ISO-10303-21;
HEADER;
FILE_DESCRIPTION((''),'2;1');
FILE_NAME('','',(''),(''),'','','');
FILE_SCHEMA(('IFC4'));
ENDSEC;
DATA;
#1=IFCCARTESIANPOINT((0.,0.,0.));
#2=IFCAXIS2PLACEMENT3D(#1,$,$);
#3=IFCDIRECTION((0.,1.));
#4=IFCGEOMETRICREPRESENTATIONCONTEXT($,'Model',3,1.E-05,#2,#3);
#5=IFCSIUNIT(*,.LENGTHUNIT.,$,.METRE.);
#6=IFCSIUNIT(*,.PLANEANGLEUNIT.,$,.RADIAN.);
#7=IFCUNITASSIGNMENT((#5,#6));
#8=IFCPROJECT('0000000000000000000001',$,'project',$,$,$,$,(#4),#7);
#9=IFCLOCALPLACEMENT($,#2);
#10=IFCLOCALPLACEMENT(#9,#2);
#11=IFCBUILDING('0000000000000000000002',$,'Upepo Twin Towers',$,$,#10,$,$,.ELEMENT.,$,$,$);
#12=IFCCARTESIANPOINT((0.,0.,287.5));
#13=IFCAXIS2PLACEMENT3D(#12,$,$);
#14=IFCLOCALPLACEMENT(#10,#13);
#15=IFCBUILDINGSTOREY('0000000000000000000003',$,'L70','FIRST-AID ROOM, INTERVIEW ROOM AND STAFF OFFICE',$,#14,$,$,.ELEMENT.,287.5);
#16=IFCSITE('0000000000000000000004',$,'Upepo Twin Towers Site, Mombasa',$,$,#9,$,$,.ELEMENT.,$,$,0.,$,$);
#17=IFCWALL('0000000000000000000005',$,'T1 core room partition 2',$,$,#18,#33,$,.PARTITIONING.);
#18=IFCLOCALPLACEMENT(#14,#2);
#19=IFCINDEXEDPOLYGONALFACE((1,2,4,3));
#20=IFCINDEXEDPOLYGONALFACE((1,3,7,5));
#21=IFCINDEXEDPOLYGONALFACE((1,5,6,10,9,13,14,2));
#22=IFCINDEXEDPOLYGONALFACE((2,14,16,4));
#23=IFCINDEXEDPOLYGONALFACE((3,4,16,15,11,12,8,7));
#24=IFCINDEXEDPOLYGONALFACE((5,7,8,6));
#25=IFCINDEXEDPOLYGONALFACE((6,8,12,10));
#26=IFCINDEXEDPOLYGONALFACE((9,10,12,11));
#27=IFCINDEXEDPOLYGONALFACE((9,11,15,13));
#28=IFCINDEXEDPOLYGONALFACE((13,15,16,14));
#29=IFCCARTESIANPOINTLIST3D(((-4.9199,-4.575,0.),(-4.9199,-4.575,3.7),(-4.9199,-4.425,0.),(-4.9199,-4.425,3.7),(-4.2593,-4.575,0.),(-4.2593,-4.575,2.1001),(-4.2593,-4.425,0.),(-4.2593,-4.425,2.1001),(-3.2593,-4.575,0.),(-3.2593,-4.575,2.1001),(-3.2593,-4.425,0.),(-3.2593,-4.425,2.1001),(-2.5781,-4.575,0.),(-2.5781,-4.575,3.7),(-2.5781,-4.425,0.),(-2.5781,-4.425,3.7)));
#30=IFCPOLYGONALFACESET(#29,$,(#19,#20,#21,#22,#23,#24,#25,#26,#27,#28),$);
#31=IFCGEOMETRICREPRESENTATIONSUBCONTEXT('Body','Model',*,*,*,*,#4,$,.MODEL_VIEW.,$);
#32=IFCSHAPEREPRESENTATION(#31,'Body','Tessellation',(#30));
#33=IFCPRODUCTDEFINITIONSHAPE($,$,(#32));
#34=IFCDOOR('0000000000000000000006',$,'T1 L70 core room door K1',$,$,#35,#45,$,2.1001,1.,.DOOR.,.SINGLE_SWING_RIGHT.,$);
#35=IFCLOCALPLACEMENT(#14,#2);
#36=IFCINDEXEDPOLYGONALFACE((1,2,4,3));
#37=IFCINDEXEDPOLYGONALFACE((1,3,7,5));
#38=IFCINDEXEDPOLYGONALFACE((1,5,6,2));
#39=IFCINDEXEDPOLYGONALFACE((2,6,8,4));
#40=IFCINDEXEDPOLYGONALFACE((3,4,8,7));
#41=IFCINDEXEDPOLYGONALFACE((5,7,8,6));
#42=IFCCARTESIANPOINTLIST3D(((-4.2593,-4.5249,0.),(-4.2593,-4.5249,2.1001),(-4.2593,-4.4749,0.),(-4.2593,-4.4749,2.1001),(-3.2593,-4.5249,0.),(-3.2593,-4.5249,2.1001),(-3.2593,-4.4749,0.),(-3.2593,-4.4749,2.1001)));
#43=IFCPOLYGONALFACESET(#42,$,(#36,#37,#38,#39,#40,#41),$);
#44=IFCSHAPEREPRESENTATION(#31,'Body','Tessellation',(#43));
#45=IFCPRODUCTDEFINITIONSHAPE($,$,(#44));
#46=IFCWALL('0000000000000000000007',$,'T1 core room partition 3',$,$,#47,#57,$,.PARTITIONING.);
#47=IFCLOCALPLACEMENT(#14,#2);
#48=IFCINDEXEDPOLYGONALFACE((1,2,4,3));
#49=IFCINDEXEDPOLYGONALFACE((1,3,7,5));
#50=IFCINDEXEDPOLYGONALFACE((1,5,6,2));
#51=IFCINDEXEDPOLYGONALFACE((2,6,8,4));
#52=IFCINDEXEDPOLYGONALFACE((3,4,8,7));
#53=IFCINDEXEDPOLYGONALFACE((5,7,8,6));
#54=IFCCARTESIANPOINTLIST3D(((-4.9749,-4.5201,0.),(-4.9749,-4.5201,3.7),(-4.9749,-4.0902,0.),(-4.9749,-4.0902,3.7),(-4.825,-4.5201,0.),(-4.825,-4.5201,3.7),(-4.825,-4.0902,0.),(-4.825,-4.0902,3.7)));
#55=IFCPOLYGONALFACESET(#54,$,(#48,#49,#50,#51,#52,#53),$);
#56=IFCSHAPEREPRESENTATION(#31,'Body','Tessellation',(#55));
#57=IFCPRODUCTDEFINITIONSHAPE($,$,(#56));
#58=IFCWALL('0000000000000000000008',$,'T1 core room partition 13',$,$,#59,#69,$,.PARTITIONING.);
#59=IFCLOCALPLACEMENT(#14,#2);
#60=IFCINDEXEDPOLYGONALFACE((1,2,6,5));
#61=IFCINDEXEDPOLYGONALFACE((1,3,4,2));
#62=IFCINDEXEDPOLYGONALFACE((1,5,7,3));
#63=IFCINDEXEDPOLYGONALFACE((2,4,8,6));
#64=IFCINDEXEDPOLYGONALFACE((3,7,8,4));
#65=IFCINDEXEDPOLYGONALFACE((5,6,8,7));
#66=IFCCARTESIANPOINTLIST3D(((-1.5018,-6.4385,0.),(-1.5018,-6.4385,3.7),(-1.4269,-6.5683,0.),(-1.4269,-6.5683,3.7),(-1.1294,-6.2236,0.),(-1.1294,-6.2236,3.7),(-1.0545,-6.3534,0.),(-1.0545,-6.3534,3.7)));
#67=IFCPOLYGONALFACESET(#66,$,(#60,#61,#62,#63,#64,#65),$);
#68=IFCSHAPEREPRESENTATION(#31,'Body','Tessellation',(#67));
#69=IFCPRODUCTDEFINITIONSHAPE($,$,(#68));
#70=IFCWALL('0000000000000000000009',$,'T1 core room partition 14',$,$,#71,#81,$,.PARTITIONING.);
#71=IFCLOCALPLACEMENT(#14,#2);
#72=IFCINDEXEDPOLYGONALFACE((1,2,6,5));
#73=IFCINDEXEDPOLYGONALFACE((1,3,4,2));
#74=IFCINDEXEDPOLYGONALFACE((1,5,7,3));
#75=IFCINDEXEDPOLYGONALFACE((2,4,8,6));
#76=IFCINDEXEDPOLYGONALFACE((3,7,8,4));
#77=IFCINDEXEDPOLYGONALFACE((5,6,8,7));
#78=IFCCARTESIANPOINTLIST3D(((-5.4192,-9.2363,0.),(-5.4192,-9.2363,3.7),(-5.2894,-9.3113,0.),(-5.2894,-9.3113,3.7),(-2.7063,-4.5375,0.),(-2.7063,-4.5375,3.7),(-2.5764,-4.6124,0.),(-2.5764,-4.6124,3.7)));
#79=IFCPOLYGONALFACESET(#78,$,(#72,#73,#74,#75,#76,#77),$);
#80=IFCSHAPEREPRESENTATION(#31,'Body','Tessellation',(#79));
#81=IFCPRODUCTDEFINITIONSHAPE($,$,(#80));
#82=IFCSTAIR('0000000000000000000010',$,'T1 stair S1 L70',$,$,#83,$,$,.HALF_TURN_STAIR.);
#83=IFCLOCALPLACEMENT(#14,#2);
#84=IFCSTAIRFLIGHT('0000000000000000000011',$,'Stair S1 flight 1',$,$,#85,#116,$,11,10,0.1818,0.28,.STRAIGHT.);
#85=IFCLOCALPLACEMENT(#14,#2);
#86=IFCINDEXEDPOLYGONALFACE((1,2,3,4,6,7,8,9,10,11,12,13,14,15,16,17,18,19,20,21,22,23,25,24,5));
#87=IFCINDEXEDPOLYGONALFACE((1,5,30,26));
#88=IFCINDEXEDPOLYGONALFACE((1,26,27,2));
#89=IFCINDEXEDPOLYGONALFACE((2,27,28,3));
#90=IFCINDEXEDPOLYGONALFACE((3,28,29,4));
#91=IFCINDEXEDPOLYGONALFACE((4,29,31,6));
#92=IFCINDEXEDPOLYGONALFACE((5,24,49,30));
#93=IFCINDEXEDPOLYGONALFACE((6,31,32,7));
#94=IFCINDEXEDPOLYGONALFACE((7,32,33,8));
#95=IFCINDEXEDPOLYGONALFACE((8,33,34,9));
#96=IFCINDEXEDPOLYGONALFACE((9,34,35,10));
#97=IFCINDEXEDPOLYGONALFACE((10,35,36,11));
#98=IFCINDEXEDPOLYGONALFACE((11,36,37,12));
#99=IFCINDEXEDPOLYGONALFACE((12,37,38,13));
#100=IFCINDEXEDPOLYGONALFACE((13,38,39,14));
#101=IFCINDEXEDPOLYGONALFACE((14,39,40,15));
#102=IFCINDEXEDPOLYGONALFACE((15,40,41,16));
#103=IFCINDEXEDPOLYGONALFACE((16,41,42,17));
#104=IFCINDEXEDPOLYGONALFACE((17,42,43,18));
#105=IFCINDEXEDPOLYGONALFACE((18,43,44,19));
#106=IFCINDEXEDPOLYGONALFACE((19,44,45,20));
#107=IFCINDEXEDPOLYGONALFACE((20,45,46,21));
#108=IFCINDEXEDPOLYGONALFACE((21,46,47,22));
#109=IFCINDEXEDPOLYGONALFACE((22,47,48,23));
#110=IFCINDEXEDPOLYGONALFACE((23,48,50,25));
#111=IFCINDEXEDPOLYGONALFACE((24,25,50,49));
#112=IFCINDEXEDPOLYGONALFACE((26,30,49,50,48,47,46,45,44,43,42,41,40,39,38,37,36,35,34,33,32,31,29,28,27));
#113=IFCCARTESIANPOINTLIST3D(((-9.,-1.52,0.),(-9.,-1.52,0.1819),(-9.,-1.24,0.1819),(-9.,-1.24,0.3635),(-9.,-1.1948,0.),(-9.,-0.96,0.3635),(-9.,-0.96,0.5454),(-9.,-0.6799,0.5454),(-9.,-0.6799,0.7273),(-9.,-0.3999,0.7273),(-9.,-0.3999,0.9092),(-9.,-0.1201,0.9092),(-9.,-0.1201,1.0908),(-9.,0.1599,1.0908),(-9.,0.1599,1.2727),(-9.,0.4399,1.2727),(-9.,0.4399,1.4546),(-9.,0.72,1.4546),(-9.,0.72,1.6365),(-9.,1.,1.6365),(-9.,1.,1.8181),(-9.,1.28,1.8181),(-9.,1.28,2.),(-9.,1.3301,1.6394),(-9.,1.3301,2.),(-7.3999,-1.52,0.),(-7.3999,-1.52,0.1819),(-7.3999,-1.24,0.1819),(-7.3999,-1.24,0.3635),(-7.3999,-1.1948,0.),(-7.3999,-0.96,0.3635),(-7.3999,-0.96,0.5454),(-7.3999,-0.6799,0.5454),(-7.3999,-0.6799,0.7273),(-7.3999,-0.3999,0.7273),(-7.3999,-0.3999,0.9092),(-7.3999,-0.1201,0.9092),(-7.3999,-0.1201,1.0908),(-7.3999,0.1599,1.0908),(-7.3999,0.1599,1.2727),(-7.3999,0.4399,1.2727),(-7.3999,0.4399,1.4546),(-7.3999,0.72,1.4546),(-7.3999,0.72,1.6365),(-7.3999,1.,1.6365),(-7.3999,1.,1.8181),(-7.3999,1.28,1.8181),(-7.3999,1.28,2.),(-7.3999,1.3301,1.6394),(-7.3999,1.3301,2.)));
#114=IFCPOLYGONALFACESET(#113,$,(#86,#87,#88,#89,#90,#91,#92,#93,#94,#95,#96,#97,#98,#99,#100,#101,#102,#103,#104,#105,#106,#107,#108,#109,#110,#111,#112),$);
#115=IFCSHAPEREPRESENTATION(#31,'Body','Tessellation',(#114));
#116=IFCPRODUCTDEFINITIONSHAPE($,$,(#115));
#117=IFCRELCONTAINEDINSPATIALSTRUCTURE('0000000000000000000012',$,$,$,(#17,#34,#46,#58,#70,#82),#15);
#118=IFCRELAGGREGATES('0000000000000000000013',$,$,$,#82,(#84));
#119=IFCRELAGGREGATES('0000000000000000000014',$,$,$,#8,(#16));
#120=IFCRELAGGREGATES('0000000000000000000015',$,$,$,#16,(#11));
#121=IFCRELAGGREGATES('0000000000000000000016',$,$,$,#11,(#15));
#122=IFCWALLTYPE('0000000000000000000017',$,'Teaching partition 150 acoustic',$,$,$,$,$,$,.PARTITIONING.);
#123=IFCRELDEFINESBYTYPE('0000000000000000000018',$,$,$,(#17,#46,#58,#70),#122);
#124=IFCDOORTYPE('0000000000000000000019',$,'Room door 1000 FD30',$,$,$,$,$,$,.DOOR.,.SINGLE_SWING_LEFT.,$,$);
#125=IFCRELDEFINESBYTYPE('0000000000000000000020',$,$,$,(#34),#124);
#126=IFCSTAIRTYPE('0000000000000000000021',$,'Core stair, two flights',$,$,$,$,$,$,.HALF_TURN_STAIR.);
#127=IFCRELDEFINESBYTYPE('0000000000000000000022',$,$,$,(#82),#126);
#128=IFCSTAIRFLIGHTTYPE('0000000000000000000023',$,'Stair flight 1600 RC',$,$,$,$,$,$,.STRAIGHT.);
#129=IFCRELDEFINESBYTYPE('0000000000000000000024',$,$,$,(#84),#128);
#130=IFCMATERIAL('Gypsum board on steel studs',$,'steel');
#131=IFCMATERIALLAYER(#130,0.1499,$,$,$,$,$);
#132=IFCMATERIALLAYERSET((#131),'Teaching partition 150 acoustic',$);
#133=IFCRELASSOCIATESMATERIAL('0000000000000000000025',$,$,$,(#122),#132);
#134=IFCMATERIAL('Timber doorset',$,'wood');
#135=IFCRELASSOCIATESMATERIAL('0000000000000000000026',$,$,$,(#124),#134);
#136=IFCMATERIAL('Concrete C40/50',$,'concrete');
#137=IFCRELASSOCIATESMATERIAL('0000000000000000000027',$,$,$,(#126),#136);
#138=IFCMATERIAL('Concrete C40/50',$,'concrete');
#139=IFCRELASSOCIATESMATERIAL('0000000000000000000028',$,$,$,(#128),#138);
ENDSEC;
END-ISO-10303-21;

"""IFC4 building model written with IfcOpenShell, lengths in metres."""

from ifc_helpers import new_model, si_unit, direction, frame, frame_2d, origin, place, context, subcontext, project, spatial, polyline, rectangle, outline, extrude, material, layer, layer_set, type_object, element, fill, aggregate, save


model = new_model("IFC4")

# Units and contexts
model_context = context("Model", 3, precision=1e-05, world=origin(), true_north=direction((0.0, 1.0)))
body_context = subcontext(model_context, "Body", "Model", "MODEL_VIEW")
ifc_project = project(units=[si_unit("LENGTHUNIT", "METRE"), si_unit("PLANEANGLEUNIT", "RADIAN")], contexts=[model_context])

# Site, building, storey
site_placement = place(None, origin())
site = spatial("IfcSite", under=ifc_project, at=site_placement, Name="Upepo Twin Towers Site, Mombasa", CompositionType="ELEMENT", RefElevation=0.0)
building_placement = place(site_placement, origin())
building = spatial("IfcBuilding", under=site, at=building_placement, Name="Upepo Twin Towers", CompositionType="ELEMENT")
storey_placement = place(building_placement, frame((0.0, 0.0, 287.5)))
storey = spatial("IfcBuildingStorey", under=building, at=storey_placement, Name="L70", Description="FIRST-AID ROOM, INTERVIEW ROOM AND STAFF OFFICE", CompositionType="ELEMENT", Elevation=287.5)

# Wall, opening, door
ifc_material_1 = material(Name="Gypsum board on steel studs", Category="steel")
ifc_layer_1 = layer(ifc_material_1, 0.1499)
ifc_layer_set_1 = layer_set([ifc_layer_1], Name="Teaching partition 150 acoustic")
wall_type_1 = type_object("IfcWallType", Name="Teaching partition 150 acoustic", PredefinedType="PARTITIONING", material=ifc_layer_set_1)
ifc_material_2 = material(Name="Timber doorset", Category="wood")
door_type_1 = type_object("IfcDoorType", Name="Room door 1000 FD30", OperationType="SINGLE_SWING_LEFT", PredefinedType="DOOR", material=ifc_material_2)
wall_1_placement = place(storey_placement, frame((-2.5781, -4.5, 0.0), z_axis=(0.0, 0.0, 1.0), x_axis=(-1.0, 0.0, 0.0)))
wall_1 = element("IfcWall", 1, at=wall_1_placement, inside=storey, type_object=wall_type_1, Name="T1 core room partition 2", PredefinedType="PARTITIONING", context=body_context, shape_type="SweptSolid", body=[
    extrude(rectangle(XDim=2.3418, YDim=0.1499, at=frame_2d((1.1709, 0.0))), origin(), (0.0, 0.0, 1.0), 3.7),
])
opening_1_placement = place(wall_1_placement, frame((0.6812, 0.0, 0.0)))
opening_1 = element("IfcOpeningElement", 2, at=opening_1_placement, cuts=wall_1, PredefinedType="OPENING", context=body_context, shape_type="SweptSolid", body=[
    extrude(rectangle(XDim=1.0, YDim=2.1001, at=frame_2d((0.5, 1.05))), frame((0.0, 0.085, 0.0), z_axis=(0.0, -1.0, 0.0), x_axis=(1.0, 0.0, 0.0)), (0.0, 0.0, 1.0), 0.1699),
])
door_1_placement = place(opening_1_placement, origin())
door_1 = element("IfcDoor", 3, at=door_1_placement, inside=storey, type_object=door_type_1, Name="T1 L70 core room door K1", OperationType="SINGLE_SWING_RIGHT", OverallHeight=2.1001, OverallWidth=1.0, PredefinedType="DOOR", context=body_context, shape_type="SweptSolid", body=[
    extrude(rectangle(XDim=1.0, YDim=2.1001, at=frame_2d((0.5, 1.05))), frame((0.0, 0.0249, 0.0), z_axis=(0.0, -1.0, 0.0), x_axis=(1.0, 0.0, 0.0)), (0.0, 0.0, 1.0), 0.05),
])
fill(opening_1, door_1)

# Walls
for number, where, z_axis, x_axis, name in (
    (4, (-4.8999, -4.52, 0.0), (0.0, 0.0, 1.0), (0.0, 1.0, 0.0), "T1 core room partition 3"),
    (5, (-1.092, -6.2886, 0.0), (0.0, 0.0, 1.0), (-0.866138, -0.499804, 0.0), "T1 core room partition 13"),
):
    element("IfcWall", number, at=place(storey_placement, frame(where, z_axis=z_axis, x_axis=x_axis)), inside=storey, type_object=wall_type_1, Name=name, PredefinedType="PARTITIONING", context=body_context, shape_type="SweptSolid", body=[
        extrude(rectangle(XDim=0.4299, YDim=0.1499, at=frame_2d((0.2148, 0.0))), origin(), (0.0, 0.0, 1.0), 3.7),
    ])
wall_2_placement = place(storey_placement, frame((-2.6414, -4.575, 0.0), z_axis=(0.0, 0.0, 1.0), x_axis=(-0.500011, -0.866019, 0.0)))
element("IfcWall", 6, at=wall_2_placement, inside=storey, type_object=wall_type_1, Name="T1 core room partition 14", PredefinedType="PARTITIONING", context=body_context, shape_type="SweptSolid", body=[
    extrude(rectangle(XDim=5.4258, YDim=0.1499, at=frame_2d((2.7129, 0.0))), origin(), (0.0, 0.0, 1.0), 3.7),
])

# Stair, stair flight
ifc_material_3 = material(Name="Concrete C40/50", Category="concrete")
stair_type = type_object("IfcStairType", Name="Core stair, two flights", PredefinedType="HALF_TURN_STAIR", material=ifc_material_3)
stair_placement = place(storey_placement, origin())
stair = element("IfcStair", 7, at=stair_placement, inside=storey, type_object=stair_type, Name="T1 stair S1 L70", PredefinedType="HALF_TURN_STAIR")
ifc_material_4 = material(Name="Concrete C40/50", Category="concrete")
stair_flight_type = type_object("IfcStairFlightType", Name="Stair flight 1600 RC", PredefinedType="STRAIGHT", material=ifc_material_4)
stair_flight_placement = place(storey_placement, frame((-8.2, -1.52, 0.0), z_axis=(0.0, 0.0, 1.0), x_axis=(0.0, 1.0, 0.0)))
stair_flight = element("IfcStairFlight", 8, at=stair_flight_placement, type_object=stair_flight_type, Name="Stair S1 flight 1", NumberOfRisers=11, NumberOfTreads=10, PredefinedType="STRAIGHT", RiserHeight=0.1818, TreadLength=0.28, context=body_context, shape_type="SweptSolid", body=[
    extrude(outline(polyline([(0.0, 0.0), (0.0, 0.1819), (0.28, 0.1819), (0.28, 0.3635), (0.5601, 0.3635), (0.5601, 0.5454), (0.8401, 0.5454), (0.8401, 0.7273), (1.1201, 0.7273), (1.1201, 0.9092), (1.3999, 0.9092), (1.3999, 1.0908), (1.6799, 1.0908), (1.6799, 1.2727), (1.96, 1.2727), (1.96, 1.4546), (2.24, 1.4546), (2.24, 1.6365), (2.52, 1.6365), (2.52, 1.8181), (2.8, 1.8181), (2.8, 2.0), (2.8501, 2.0), (2.8501, 1.6394), (0.3252, 0.0), (0.0, 0.0)])), frame((0.0, 0.8, 0.0), z_axis=(0.0, -1.0, 0.0), x_axis=(1.0, 0.0, 0.0)), (0.0, 0.0, 1.0), 1.6001),
])
aggregate(stair, [stair_flight])

save(model, "model.ifc")
